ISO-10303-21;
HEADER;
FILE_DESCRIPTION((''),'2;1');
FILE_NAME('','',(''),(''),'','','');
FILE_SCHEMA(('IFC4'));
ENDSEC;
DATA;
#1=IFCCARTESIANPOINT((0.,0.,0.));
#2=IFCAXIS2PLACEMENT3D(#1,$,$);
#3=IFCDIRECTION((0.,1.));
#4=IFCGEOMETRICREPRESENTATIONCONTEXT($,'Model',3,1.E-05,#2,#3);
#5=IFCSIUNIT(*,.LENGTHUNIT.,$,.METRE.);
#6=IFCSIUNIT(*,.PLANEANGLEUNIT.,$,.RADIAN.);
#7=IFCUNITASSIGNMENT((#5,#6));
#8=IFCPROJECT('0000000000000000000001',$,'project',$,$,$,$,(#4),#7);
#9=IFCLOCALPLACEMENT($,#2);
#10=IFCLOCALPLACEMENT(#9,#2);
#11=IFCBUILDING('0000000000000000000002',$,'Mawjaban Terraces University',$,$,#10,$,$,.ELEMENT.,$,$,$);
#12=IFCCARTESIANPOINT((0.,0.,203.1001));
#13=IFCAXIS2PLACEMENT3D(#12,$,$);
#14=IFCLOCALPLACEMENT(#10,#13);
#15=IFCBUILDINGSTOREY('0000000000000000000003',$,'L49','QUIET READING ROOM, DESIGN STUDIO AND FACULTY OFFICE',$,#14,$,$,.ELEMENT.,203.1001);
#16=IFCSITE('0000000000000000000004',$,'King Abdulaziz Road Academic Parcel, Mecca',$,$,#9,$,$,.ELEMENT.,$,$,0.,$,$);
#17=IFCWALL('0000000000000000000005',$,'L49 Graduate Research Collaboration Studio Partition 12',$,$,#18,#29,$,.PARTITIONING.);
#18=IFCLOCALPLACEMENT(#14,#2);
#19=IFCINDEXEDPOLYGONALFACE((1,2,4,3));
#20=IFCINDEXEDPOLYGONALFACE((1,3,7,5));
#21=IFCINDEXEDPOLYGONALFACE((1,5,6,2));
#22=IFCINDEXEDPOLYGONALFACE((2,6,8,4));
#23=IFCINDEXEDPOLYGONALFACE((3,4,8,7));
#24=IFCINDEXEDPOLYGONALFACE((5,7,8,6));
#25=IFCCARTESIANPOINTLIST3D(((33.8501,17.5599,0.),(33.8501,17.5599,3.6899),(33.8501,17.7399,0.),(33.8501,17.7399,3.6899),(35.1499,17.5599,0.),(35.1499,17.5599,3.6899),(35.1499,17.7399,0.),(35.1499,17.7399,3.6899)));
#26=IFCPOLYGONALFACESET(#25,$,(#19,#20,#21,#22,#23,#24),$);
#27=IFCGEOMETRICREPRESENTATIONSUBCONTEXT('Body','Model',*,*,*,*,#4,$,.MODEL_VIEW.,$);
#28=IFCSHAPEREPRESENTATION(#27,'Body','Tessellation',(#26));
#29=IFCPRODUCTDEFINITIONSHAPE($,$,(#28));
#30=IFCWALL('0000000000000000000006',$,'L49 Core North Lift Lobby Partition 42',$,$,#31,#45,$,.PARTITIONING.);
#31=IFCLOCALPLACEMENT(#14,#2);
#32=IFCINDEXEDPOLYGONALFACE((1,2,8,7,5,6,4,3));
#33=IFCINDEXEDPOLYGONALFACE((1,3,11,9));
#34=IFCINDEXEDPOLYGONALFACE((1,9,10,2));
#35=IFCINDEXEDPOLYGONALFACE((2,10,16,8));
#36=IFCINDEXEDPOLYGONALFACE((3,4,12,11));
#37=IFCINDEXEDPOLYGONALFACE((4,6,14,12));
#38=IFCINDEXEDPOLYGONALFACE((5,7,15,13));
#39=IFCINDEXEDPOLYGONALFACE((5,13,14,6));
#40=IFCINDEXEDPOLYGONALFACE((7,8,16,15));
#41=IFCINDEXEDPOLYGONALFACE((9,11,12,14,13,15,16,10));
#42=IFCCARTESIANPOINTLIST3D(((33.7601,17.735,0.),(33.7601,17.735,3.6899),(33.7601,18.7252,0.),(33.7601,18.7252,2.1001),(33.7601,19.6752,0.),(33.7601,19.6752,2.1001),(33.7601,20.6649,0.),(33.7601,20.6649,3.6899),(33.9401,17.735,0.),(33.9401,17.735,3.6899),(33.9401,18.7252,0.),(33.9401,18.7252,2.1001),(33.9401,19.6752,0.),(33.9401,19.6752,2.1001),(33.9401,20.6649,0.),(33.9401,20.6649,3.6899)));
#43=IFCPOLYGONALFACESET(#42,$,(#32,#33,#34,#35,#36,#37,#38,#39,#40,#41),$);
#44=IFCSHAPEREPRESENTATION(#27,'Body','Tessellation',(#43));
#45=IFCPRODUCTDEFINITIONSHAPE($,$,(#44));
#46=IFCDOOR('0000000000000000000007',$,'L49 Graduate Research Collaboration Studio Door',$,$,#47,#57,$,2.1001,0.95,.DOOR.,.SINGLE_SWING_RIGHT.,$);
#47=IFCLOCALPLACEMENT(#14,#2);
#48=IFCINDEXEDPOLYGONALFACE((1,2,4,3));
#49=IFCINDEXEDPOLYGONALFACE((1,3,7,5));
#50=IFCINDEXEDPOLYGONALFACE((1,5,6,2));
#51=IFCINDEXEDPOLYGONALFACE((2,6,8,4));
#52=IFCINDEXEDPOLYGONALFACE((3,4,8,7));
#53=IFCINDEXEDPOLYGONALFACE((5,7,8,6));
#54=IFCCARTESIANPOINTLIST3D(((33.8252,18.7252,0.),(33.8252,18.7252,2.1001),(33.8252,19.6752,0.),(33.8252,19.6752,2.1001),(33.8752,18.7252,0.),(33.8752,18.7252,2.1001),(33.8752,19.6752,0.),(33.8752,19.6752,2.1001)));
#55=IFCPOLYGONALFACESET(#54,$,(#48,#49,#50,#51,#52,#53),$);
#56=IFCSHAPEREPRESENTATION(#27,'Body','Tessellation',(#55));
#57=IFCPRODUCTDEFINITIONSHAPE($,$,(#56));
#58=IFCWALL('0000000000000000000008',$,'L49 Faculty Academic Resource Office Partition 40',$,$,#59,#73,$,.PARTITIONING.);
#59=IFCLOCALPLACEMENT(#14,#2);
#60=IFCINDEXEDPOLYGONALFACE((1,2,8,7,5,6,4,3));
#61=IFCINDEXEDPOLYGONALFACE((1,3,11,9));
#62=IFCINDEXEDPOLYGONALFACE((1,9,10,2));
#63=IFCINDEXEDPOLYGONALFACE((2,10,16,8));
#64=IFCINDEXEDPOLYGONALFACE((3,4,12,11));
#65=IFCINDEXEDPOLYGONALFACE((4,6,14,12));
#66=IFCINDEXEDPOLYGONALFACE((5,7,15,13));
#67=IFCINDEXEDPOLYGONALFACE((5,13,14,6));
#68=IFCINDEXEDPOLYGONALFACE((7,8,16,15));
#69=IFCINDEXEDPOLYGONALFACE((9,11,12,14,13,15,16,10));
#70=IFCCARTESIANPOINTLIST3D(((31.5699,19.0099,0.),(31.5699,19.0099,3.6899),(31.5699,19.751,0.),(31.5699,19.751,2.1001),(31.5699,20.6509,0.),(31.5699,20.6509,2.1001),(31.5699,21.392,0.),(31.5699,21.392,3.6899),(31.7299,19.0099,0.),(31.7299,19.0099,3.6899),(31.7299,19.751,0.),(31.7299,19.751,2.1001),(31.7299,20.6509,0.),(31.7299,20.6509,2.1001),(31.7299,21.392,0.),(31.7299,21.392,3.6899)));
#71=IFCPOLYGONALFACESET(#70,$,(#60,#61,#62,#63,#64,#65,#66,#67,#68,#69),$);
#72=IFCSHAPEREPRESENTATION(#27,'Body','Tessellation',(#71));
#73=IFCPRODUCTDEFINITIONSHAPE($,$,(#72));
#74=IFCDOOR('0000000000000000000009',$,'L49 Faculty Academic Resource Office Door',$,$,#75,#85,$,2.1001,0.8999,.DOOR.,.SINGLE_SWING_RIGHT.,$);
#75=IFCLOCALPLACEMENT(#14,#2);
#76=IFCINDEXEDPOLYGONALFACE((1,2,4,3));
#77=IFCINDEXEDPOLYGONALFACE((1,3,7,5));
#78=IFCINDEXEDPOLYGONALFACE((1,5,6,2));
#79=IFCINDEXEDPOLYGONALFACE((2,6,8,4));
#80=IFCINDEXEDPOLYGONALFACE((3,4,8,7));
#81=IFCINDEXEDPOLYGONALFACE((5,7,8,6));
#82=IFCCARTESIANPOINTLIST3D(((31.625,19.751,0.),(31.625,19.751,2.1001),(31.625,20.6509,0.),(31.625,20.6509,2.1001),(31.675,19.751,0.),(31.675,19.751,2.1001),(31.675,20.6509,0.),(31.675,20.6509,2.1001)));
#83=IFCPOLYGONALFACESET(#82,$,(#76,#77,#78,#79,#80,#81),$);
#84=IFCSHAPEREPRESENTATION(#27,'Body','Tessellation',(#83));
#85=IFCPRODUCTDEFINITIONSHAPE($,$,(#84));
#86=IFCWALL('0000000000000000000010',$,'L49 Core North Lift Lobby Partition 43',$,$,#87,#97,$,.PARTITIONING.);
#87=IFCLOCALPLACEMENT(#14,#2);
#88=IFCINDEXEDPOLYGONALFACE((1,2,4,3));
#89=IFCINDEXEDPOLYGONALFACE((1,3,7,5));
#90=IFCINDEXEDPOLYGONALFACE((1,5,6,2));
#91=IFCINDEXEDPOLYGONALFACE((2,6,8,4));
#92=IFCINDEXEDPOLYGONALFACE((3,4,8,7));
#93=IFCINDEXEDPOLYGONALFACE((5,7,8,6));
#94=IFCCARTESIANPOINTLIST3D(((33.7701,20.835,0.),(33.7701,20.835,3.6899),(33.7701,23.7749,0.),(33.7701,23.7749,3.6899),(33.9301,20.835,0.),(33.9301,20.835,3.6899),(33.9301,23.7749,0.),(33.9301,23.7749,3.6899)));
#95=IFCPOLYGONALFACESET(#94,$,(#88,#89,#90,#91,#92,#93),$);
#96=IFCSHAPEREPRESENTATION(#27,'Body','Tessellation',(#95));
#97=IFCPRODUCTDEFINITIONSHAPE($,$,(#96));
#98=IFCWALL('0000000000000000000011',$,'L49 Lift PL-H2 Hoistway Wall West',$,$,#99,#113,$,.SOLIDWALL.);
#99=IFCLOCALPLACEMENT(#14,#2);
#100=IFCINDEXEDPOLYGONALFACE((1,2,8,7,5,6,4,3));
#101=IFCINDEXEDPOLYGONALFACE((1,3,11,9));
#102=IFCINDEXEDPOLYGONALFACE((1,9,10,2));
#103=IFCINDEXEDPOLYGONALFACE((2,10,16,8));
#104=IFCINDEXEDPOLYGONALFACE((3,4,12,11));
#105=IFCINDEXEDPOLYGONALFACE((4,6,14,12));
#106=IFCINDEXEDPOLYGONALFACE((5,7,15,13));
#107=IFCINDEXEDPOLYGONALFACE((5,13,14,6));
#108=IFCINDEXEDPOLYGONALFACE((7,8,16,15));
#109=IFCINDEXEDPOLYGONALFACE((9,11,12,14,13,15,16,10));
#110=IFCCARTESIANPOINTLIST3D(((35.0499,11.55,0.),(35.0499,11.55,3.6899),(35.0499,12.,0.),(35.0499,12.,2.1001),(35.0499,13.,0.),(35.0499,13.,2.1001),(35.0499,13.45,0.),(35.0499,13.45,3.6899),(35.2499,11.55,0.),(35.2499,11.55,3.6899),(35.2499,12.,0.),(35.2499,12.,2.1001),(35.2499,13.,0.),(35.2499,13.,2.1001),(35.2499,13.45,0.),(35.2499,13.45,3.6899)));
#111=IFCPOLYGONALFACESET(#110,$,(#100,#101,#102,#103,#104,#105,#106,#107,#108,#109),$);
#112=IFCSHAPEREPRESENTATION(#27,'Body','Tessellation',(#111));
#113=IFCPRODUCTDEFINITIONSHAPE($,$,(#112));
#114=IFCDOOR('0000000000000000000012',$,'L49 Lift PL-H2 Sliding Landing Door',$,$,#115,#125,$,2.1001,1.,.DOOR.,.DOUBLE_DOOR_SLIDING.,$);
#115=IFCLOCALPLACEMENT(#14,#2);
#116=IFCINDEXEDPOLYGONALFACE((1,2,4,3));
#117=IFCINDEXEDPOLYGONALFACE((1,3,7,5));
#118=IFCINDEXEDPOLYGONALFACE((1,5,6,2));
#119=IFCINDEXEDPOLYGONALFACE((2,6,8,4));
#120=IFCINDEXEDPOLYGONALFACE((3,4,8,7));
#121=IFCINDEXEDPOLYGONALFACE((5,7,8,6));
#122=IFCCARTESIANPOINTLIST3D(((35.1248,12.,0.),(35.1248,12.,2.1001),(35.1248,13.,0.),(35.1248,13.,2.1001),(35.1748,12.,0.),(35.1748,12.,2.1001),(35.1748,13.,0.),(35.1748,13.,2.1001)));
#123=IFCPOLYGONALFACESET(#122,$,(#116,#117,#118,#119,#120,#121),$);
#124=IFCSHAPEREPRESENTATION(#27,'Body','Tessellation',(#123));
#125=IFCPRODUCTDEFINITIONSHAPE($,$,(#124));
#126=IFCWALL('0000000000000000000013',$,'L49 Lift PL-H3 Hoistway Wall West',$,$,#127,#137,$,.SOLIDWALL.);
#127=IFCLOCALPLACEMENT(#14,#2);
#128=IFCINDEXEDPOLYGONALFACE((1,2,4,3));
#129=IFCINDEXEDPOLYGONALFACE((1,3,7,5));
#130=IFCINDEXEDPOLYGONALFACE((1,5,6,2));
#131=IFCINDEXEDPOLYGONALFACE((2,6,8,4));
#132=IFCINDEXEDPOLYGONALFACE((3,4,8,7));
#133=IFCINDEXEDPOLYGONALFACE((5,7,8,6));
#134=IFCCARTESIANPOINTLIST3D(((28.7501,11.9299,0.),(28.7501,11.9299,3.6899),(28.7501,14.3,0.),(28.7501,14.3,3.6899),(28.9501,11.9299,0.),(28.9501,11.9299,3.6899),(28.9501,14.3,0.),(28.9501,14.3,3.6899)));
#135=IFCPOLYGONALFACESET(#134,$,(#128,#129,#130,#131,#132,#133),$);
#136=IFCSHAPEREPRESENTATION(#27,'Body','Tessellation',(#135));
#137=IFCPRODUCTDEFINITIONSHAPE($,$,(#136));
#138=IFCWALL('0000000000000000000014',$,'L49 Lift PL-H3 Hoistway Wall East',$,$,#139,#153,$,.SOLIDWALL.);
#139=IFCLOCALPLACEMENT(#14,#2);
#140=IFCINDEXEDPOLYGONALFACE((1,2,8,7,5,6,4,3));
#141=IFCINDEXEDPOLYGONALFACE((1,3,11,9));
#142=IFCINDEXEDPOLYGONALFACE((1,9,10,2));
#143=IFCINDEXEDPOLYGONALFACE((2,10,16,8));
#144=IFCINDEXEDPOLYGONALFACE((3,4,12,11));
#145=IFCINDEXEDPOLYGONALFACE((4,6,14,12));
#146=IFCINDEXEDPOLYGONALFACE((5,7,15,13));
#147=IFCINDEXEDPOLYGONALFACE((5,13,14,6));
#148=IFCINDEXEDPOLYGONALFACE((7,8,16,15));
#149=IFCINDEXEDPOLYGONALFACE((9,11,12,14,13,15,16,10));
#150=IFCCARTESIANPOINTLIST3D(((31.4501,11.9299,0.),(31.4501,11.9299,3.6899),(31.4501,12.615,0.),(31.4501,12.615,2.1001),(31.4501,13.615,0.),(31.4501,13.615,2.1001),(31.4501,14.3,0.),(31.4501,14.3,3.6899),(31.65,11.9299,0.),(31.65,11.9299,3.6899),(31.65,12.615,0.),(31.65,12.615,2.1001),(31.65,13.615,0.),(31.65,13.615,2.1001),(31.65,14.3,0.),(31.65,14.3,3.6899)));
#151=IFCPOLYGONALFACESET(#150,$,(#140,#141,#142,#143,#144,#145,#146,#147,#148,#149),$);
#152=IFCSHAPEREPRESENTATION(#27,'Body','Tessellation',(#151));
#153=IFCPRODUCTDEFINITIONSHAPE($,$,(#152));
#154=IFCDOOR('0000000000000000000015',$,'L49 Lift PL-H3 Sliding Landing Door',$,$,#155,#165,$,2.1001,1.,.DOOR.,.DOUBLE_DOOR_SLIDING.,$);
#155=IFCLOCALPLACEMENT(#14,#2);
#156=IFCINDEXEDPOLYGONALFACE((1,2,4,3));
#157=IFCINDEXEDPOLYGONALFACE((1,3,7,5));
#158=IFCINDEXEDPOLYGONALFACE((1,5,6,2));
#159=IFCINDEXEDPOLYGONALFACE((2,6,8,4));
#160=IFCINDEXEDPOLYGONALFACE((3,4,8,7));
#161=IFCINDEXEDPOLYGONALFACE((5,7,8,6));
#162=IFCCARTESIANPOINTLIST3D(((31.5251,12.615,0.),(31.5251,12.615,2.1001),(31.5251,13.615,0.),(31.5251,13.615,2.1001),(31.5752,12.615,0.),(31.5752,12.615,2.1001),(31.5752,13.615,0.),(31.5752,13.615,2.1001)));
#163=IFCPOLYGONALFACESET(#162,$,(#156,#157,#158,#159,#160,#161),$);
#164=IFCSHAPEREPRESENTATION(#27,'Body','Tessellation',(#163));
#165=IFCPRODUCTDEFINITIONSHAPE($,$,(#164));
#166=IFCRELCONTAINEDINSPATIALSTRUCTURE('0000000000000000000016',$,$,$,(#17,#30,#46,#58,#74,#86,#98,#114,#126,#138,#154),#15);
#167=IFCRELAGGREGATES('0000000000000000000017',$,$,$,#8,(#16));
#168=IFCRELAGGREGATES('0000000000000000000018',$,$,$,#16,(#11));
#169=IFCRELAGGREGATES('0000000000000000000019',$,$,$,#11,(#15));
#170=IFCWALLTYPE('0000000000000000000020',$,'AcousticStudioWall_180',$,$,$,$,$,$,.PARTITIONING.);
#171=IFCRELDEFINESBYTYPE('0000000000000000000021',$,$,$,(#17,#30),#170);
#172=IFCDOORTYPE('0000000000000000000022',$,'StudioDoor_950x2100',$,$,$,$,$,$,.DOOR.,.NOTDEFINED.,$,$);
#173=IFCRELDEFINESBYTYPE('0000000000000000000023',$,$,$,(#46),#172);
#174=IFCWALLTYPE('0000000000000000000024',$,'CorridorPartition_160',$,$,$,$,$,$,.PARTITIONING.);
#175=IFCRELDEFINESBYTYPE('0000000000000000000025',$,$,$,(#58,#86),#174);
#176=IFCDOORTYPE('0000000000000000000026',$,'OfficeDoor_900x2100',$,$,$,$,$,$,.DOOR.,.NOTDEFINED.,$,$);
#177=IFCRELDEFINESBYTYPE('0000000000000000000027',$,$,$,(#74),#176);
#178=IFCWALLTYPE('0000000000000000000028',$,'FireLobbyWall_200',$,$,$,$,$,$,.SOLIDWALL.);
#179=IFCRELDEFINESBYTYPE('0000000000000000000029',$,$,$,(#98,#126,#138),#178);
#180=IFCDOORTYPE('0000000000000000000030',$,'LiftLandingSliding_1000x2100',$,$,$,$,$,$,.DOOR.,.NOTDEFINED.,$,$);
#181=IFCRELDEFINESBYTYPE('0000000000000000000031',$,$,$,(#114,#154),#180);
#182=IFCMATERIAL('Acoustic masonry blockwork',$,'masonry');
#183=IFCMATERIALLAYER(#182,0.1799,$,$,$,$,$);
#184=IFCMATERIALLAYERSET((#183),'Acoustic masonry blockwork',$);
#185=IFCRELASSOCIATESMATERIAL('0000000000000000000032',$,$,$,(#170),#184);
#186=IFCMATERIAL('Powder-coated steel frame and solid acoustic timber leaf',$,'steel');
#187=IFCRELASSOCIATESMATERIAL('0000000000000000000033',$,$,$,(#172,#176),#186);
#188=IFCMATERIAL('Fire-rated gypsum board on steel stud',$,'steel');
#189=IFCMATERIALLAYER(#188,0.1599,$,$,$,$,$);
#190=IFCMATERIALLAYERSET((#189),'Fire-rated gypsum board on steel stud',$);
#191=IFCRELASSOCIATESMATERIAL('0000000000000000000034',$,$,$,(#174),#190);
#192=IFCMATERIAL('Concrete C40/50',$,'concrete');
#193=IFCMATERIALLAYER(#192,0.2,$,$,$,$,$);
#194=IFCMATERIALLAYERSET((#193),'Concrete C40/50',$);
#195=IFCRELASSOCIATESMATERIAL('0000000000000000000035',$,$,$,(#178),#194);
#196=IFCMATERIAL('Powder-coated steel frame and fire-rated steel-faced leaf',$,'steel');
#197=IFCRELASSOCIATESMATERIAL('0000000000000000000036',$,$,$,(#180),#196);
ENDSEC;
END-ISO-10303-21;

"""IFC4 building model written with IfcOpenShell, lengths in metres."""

from ifc_helpers import new_model, si_unit, direction, frame, frame_2d, origin, place, context, subcontext, project, spatial, rectangle, extrude, material, layer, layer_set, type_object, element, fill, save


model = new_model("IFC4")

# Units and contexts
model_context = context("Model", 3, precision=1e-05, world=origin(), true_north=direction((0.0, 1.0)))
body_context = subcontext(model_context, "Body", "Model", "MODEL_VIEW")
ifc_project = project(units=[si_unit("LENGTHUNIT", "METRE"), si_unit("PLANEANGLEUNIT", "RADIAN")], contexts=[model_context])

# Site, building, storey
site_placement = place(None, origin())
site = spatial("IfcSite", under=ifc_project, at=site_placement, Name="King Abdulaziz Road Academic Parcel, Mecca", CompositionType="ELEMENT", RefElevation=0.0)
building_placement = place(site_placement, origin())
building = spatial("IfcBuilding", under=site, at=building_placement, Name="Mawjaban Terraces University", CompositionType="ELEMENT")
storey_placement = place(building_placement, frame((0.0, 0.0, 203.1001)))
storey = spatial("IfcBuildingStorey", under=building, at=storey_placement, Name="L49", Description="QUIET READING ROOM, DESIGN STUDIO AND FACULTY OFFICE", CompositionType="ELEMENT", Elevation=203.1001)

# Wall
ifc_material_1 = material(Name="Acoustic masonry blockwork", Category="masonry")
ifc_layer_1 = layer(ifc_material_1, 0.1799)
ifc_layer_set_1 = layer_set([ifc_layer_1], Name="Acoustic masonry blockwork")
wall_type_1 = type_object("IfcWallType", Name="AcousticStudioWall_180", PredefinedType="PARTITIONING", material=ifc_layer_set_1)
wall_1_placement = place(storey_placement, frame((33.8501, 17.6499, 0.0), z_axis=(0.0, 0.0, 1.0), x_axis=(1.0, 0.0, 0.0)))
element("IfcWall", 1, at=wall_1_placement, inside=storey, type_object=wall_type_1, Name="L49 Graduate Research Collaboration Studio Partition 12", PredefinedType="PARTITIONING", context=body_context, shape_type="SweptSolid", body=[
    extrude(rectangle(XDim=1.2998, YDim=0.1799, at=frame_2d((0.6499, 0.0))), origin(), (0.0, 0.0, 1.0), 3.6899),
])

# Walls, openings, doors
wall_2_placement = place(storey_placement, frame((33.8501, 17.7351, 0.0), z_axis=(0.0, 0.0, 1.0), x_axis=(0.0, 1.0, 0.0)))
wall_2 = element("IfcWall", 2, at=wall_2_placement, inside=storey, type_object=wall_type_1, Name="L49 Core North Lift Lobby Partition 42", PredefinedType="PARTITIONING", context=body_context, shape_type="SweptSolid", body=[
    extrude(rectangle(XDim=2.9299, YDim=0.1799, at=frame_2d((1.4648, 0.0))), origin(), (0.0, 0.0, 1.0), 3.6899),
])
opening_1_placement = place(wall_2_placement, frame((0.99, 0.0, 0.0)))
opening_1 = element("IfcOpeningElement", 3, at=opening_1_placement, cuts=wall_2, PredefinedType="OPENING", context=body_context, shape_type="SweptSolid", body=[
    extrude(rectangle(XDim=0.95, YDim=2.1001, at=frame_2d((0.4751, 1.05))), frame((0.0, 0.0999, 0.0), z_axis=(0.0, -1.0, 0.0), x_axis=(1.0, 0.0, 0.0)), (0.0, 0.0, 1.0), 0.2),
])
ifc_material_2 = material(Name="Powder-coated steel frame and solid acoustic timber leaf", Category="steel")
door_type_1 = type_object("IfcDoorType", Name="StudioDoor_950x2100", OperationType="NOTDEFINED", PredefinedType="DOOR", material=ifc_material_2)
door_1_placement = place(opening_1_placement, origin())
door_1 = element("IfcDoor", 4, at=door_1_placement, inside=storey, type_object=door_type_1, Name="L49 Graduate Research Collaboration Studio Door", OperationType="SINGLE_SWING_RIGHT", OverallHeight=2.1001, OverallWidth=0.95, PredefinedType="DOOR", context=body_context, shape_type="SweptSolid", body=[
    extrude(rectangle(XDim=0.95, YDim=2.1001, at=frame_2d((0.4751, 1.05))), frame((0.0, 0.0249, 0.0), z_axis=(0.0, -1.0, 0.0), x_axis=(1.0, 0.0, 0.0)), (0.0, 0.0, 1.0), 0.05),
])
fill(opening_1, door_1)
ifc_material_3 = material(Name="Fire-rated gypsum board on steel stud", Category="steel")
ifc_layer_2 = layer(ifc_material_3, 0.1599)
ifc_layer_set_2 = layer_set([ifc_layer_2], Name="Fire-rated gypsum board on steel stud")
wall_type_2 = type_object("IfcWallType", Name="CorridorPartition_160", PredefinedType="PARTITIONING", material=ifc_layer_set_2)
wall_3_placement = place(storey_placement, frame((31.6499, 19.01, 0.0), z_axis=(0.0, 0.0, 1.0), x_axis=(0.0, 1.0, 0.0)))
wall_3 = element("IfcWall", 5, at=wall_3_placement, inside=storey, type_object=wall_type_2, Name="L49 Faculty Academic Resource Office Partition 40", PredefinedType="PARTITIONING", context=body_context, shape_type="SweptSolid", body=[
    extrude(rectangle(XDim=2.3821, YDim=0.1599, at=frame_2d((1.1909, 0.0))), origin(), (0.0, 0.0, 1.0), 3.6899),
])
opening_2_placement = place(wall_3_placement, frame((0.741, 0.0, 0.0)))
opening_2 = element("IfcOpeningElement", 6, at=opening_2_placement, cuts=wall_3, PredefinedType="OPENING", context=body_context, shape_type="SweptSolid", body=[
    extrude(rectangle(XDim=0.8999, YDim=2.1001, at=frame_2d((0.45, 1.05))), frame((0.0, 0.0898, 0.0), z_axis=(0.0, -1.0, 0.0), x_axis=(1.0, 0.0, 0.0)), (0.0, 0.0, 1.0), 0.1799),
])
door_type_2 = type_object("IfcDoorType", Name="OfficeDoor_900x2100", OperationType="NOTDEFINED", PredefinedType="DOOR", material=ifc_material_2)
door_2_placement = place(opening_2_placement, origin())
door_2 = element("IfcDoor", 7, at=door_2_placement, inside=storey, type_object=door_type_2, Name="L49 Faculty Academic Resource Office Door", OperationType="SINGLE_SWING_RIGHT", OverallHeight=2.1001, OverallWidth=0.8999, PredefinedType="DOOR", context=body_context, shape_type="SweptSolid", body=[
    extrude(rectangle(XDim=0.8999, YDim=2.1001, at=frame_2d((0.45, 1.05))), frame((0.0, 0.0249, 0.0), z_axis=(0.0, -1.0, 0.0), x_axis=(1.0, 0.0, 0.0)), (0.0, 0.0, 1.0), 0.05),
])
fill(opening_2, door_2)

# Wall
wall_4_placement = place(storey_placement, frame((33.8501, 20.835, 0.0), z_axis=(0.0, 0.0, 1.0), x_axis=(0.0, 1.0, 0.0)))
element("IfcWall", 8, at=wall_4_placement, inside=storey, type_object=wall_type_2, Name="L49 Core North Lift Lobby Partition 43", PredefinedType="PARTITIONING", context=body_context, shape_type="SweptSolid", body=[
    extrude(rectangle(XDim=2.9399, YDim=0.1599, at=frame_2d((1.47, 0.0))), origin(), (0.0, 0.0, 1.0), 3.6899),
])

# Wall, opening, door
ifc_material_4 = material(Name="Concrete C40/50", Category="concrete")
ifc_layer_3 = layer(ifc_material_4, 0.2)
ifc_layer_set_3 = layer_set([ifc_layer_3], Name="Concrete C40/50")
wall_type_3 = type_object("IfcWallType", Name="FireLobbyWall_200", PredefinedType="SOLIDWALL", material=ifc_layer_set_3)
wall_5_placement = place(storey_placement, frame((35.1499, 13.45, 0.0), z_axis=(0.0, 0.0, 1.0), x_axis=(0.0, -1.0, 0.0)))
wall_5 = element("IfcWall", 9, at=wall_5_placement, inside=storey, type_object=wall_type_3, Name="L49 Lift PL-H2 Hoistway Wall West", PredefinedType="SOLIDWALL", context=body_context, shape_type="SweptSolid", body=[
    extrude(rectangle(XDim=1.8999, YDim=0.2, at=frame_2d((0.95, 0.0))), origin(), (0.0, 0.0, 1.0), 3.6899),
])
opening_3_placement = place(wall_5_placement, frame((0.45, 0.0, 0.0)))
opening_3 = element("IfcOpeningElement", 10, at=opening_3_placement, cuts=wall_5, PredefinedType="OPENING", context=body_context, shape_type="SweptSolid", body=[
    extrude(rectangle(XDim=1.0, YDim=2.1001, at=frame_2d((0.5, 1.05))), frame((0.0, 0.1099, 0.0), z_axis=(0.0, -1.0, 0.0), x_axis=(1.0, 0.0, 0.0)), (0.0, 0.0, 1.0), 0.22),
])
ifc_material_5 = material(Name="Powder-coated steel frame and fire-rated steel-faced leaf", Category="steel")
door_type_3 = type_object("IfcDoorType", Name="LiftLandingSliding_1000x2100", OperationType="NOTDEFINED", PredefinedType="DOOR", material=ifc_material_5)
door_3_placement = place(opening_3_placement, origin())
door_3 = element("IfcDoor", 11, at=door_3_placement, inside=storey, type_object=door_type_3, Name="L49 Lift PL-H2 Sliding Landing Door", OperationType="DOUBLE_DOOR_SLIDING", OverallHeight=2.1001, OverallWidth=1.0, PredefinedType="DOOR", context=body_context, shape_type="SweptSolid", body=[
    extrude(rectangle(XDim=1.0, YDim=2.1001, at=frame_2d((0.5, 1.05))), frame((0.0, 0.0249, 0.0), z_axis=(0.0, -1.0, 0.0), x_axis=(1.0, 0.0, 0.0)), (0.0, 0.0, 1.0), 0.05),
])
fill(opening_3, door_3)

# Wall
wall_6_placement = place(storey_placement, frame((28.8501, 14.3, 0.0), z_axis=(0.0, 0.0, 1.0), x_axis=(0.0, -1.0, 0.0)))
element("IfcWall", 12, at=wall_6_placement, inside=storey, type_object=wall_type_3, Name="L49 Lift PL-H3 Hoistway Wall West", PredefinedType="SOLIDWALL", context=body_context, shape_type="SweptSolid", body=[
    extrude(rectangle(XDim=2.3701, YDim=0.2, at=frame_2d((1.1851, 0.0))), origin(), (0.0, 0.0, 1.0), 3.6899),
])

# Wall, opening, door
wall_7_placement = place(storey_placement, frame((31.55, 11.9299, 0.0), z_axis=(0.0, 0.0, 1.0), x_axis=(0.0, 1.0, 0.0)))
wall_7 = element("IfcWall", 13, at=wall_7_placement, inside=storey, type_object=wall_type_3, Name="L49 Lift PL-H3 Hoistway Wall East", PredefinedType="SOLIDWALL", context=body_context, shape_type="SweptSolid", body=[
    extrude(rectangle(XDim=2.3701, YDim=0.2, at=frame_2d((1.1851, 0.0))), origin(), (0.0, 0.0, 1.0), 3.6899),
])
opening_4_placement = place(wall_7_placement, frame((0.6851, 0.0, 0.0)))
opening_4 = element("IfcOpeningElement", 14, at=opening_4_placement, cuts=wall_7, PredefinedType="OPENING", context=body_context, shape_type="SweptSolid", body=[
    extrude(rectangle(XDim=1.0, YDim=2.1001, at=frame_2d((0.5, 1.05))), frame((0.0, 0.1099, 0.0), z_axis=(0.0, -1.0, 0.0), x_axis=(1.0, 0.0, 0.0)), (0.0, 0.0, 1.0), 0.22),
])
door_4_placement = place(opening_4_placement, origin())
door_4 = element("IfcDoor", 15, at=door_4_placement, inside=storey, type_object=door_type_3, Name="L49 Lift PL-H3 Sliding Landing Door", OperationType="DOUBLE_DOOR_SLIDING", OverallHeight=2.1001, OverallWidth=1.0, PredefinedType="DOOR", context=body_context, shape_type="SweptSolid", body=[
    extrude(rectangle(XDim=1.0, YDim=2.1001, at=frame_2d((0.5, 1.05))), frame((0.0, 0.0249, 0.0), z_axis=(0.0, -1.0, 0.0), x_axis=(1.0, 0.0, 0.0)), (0.0, 0.0, 1.0), 0.05),
])
fill(opening_4, door_4)

save(model, "model.ifc")
